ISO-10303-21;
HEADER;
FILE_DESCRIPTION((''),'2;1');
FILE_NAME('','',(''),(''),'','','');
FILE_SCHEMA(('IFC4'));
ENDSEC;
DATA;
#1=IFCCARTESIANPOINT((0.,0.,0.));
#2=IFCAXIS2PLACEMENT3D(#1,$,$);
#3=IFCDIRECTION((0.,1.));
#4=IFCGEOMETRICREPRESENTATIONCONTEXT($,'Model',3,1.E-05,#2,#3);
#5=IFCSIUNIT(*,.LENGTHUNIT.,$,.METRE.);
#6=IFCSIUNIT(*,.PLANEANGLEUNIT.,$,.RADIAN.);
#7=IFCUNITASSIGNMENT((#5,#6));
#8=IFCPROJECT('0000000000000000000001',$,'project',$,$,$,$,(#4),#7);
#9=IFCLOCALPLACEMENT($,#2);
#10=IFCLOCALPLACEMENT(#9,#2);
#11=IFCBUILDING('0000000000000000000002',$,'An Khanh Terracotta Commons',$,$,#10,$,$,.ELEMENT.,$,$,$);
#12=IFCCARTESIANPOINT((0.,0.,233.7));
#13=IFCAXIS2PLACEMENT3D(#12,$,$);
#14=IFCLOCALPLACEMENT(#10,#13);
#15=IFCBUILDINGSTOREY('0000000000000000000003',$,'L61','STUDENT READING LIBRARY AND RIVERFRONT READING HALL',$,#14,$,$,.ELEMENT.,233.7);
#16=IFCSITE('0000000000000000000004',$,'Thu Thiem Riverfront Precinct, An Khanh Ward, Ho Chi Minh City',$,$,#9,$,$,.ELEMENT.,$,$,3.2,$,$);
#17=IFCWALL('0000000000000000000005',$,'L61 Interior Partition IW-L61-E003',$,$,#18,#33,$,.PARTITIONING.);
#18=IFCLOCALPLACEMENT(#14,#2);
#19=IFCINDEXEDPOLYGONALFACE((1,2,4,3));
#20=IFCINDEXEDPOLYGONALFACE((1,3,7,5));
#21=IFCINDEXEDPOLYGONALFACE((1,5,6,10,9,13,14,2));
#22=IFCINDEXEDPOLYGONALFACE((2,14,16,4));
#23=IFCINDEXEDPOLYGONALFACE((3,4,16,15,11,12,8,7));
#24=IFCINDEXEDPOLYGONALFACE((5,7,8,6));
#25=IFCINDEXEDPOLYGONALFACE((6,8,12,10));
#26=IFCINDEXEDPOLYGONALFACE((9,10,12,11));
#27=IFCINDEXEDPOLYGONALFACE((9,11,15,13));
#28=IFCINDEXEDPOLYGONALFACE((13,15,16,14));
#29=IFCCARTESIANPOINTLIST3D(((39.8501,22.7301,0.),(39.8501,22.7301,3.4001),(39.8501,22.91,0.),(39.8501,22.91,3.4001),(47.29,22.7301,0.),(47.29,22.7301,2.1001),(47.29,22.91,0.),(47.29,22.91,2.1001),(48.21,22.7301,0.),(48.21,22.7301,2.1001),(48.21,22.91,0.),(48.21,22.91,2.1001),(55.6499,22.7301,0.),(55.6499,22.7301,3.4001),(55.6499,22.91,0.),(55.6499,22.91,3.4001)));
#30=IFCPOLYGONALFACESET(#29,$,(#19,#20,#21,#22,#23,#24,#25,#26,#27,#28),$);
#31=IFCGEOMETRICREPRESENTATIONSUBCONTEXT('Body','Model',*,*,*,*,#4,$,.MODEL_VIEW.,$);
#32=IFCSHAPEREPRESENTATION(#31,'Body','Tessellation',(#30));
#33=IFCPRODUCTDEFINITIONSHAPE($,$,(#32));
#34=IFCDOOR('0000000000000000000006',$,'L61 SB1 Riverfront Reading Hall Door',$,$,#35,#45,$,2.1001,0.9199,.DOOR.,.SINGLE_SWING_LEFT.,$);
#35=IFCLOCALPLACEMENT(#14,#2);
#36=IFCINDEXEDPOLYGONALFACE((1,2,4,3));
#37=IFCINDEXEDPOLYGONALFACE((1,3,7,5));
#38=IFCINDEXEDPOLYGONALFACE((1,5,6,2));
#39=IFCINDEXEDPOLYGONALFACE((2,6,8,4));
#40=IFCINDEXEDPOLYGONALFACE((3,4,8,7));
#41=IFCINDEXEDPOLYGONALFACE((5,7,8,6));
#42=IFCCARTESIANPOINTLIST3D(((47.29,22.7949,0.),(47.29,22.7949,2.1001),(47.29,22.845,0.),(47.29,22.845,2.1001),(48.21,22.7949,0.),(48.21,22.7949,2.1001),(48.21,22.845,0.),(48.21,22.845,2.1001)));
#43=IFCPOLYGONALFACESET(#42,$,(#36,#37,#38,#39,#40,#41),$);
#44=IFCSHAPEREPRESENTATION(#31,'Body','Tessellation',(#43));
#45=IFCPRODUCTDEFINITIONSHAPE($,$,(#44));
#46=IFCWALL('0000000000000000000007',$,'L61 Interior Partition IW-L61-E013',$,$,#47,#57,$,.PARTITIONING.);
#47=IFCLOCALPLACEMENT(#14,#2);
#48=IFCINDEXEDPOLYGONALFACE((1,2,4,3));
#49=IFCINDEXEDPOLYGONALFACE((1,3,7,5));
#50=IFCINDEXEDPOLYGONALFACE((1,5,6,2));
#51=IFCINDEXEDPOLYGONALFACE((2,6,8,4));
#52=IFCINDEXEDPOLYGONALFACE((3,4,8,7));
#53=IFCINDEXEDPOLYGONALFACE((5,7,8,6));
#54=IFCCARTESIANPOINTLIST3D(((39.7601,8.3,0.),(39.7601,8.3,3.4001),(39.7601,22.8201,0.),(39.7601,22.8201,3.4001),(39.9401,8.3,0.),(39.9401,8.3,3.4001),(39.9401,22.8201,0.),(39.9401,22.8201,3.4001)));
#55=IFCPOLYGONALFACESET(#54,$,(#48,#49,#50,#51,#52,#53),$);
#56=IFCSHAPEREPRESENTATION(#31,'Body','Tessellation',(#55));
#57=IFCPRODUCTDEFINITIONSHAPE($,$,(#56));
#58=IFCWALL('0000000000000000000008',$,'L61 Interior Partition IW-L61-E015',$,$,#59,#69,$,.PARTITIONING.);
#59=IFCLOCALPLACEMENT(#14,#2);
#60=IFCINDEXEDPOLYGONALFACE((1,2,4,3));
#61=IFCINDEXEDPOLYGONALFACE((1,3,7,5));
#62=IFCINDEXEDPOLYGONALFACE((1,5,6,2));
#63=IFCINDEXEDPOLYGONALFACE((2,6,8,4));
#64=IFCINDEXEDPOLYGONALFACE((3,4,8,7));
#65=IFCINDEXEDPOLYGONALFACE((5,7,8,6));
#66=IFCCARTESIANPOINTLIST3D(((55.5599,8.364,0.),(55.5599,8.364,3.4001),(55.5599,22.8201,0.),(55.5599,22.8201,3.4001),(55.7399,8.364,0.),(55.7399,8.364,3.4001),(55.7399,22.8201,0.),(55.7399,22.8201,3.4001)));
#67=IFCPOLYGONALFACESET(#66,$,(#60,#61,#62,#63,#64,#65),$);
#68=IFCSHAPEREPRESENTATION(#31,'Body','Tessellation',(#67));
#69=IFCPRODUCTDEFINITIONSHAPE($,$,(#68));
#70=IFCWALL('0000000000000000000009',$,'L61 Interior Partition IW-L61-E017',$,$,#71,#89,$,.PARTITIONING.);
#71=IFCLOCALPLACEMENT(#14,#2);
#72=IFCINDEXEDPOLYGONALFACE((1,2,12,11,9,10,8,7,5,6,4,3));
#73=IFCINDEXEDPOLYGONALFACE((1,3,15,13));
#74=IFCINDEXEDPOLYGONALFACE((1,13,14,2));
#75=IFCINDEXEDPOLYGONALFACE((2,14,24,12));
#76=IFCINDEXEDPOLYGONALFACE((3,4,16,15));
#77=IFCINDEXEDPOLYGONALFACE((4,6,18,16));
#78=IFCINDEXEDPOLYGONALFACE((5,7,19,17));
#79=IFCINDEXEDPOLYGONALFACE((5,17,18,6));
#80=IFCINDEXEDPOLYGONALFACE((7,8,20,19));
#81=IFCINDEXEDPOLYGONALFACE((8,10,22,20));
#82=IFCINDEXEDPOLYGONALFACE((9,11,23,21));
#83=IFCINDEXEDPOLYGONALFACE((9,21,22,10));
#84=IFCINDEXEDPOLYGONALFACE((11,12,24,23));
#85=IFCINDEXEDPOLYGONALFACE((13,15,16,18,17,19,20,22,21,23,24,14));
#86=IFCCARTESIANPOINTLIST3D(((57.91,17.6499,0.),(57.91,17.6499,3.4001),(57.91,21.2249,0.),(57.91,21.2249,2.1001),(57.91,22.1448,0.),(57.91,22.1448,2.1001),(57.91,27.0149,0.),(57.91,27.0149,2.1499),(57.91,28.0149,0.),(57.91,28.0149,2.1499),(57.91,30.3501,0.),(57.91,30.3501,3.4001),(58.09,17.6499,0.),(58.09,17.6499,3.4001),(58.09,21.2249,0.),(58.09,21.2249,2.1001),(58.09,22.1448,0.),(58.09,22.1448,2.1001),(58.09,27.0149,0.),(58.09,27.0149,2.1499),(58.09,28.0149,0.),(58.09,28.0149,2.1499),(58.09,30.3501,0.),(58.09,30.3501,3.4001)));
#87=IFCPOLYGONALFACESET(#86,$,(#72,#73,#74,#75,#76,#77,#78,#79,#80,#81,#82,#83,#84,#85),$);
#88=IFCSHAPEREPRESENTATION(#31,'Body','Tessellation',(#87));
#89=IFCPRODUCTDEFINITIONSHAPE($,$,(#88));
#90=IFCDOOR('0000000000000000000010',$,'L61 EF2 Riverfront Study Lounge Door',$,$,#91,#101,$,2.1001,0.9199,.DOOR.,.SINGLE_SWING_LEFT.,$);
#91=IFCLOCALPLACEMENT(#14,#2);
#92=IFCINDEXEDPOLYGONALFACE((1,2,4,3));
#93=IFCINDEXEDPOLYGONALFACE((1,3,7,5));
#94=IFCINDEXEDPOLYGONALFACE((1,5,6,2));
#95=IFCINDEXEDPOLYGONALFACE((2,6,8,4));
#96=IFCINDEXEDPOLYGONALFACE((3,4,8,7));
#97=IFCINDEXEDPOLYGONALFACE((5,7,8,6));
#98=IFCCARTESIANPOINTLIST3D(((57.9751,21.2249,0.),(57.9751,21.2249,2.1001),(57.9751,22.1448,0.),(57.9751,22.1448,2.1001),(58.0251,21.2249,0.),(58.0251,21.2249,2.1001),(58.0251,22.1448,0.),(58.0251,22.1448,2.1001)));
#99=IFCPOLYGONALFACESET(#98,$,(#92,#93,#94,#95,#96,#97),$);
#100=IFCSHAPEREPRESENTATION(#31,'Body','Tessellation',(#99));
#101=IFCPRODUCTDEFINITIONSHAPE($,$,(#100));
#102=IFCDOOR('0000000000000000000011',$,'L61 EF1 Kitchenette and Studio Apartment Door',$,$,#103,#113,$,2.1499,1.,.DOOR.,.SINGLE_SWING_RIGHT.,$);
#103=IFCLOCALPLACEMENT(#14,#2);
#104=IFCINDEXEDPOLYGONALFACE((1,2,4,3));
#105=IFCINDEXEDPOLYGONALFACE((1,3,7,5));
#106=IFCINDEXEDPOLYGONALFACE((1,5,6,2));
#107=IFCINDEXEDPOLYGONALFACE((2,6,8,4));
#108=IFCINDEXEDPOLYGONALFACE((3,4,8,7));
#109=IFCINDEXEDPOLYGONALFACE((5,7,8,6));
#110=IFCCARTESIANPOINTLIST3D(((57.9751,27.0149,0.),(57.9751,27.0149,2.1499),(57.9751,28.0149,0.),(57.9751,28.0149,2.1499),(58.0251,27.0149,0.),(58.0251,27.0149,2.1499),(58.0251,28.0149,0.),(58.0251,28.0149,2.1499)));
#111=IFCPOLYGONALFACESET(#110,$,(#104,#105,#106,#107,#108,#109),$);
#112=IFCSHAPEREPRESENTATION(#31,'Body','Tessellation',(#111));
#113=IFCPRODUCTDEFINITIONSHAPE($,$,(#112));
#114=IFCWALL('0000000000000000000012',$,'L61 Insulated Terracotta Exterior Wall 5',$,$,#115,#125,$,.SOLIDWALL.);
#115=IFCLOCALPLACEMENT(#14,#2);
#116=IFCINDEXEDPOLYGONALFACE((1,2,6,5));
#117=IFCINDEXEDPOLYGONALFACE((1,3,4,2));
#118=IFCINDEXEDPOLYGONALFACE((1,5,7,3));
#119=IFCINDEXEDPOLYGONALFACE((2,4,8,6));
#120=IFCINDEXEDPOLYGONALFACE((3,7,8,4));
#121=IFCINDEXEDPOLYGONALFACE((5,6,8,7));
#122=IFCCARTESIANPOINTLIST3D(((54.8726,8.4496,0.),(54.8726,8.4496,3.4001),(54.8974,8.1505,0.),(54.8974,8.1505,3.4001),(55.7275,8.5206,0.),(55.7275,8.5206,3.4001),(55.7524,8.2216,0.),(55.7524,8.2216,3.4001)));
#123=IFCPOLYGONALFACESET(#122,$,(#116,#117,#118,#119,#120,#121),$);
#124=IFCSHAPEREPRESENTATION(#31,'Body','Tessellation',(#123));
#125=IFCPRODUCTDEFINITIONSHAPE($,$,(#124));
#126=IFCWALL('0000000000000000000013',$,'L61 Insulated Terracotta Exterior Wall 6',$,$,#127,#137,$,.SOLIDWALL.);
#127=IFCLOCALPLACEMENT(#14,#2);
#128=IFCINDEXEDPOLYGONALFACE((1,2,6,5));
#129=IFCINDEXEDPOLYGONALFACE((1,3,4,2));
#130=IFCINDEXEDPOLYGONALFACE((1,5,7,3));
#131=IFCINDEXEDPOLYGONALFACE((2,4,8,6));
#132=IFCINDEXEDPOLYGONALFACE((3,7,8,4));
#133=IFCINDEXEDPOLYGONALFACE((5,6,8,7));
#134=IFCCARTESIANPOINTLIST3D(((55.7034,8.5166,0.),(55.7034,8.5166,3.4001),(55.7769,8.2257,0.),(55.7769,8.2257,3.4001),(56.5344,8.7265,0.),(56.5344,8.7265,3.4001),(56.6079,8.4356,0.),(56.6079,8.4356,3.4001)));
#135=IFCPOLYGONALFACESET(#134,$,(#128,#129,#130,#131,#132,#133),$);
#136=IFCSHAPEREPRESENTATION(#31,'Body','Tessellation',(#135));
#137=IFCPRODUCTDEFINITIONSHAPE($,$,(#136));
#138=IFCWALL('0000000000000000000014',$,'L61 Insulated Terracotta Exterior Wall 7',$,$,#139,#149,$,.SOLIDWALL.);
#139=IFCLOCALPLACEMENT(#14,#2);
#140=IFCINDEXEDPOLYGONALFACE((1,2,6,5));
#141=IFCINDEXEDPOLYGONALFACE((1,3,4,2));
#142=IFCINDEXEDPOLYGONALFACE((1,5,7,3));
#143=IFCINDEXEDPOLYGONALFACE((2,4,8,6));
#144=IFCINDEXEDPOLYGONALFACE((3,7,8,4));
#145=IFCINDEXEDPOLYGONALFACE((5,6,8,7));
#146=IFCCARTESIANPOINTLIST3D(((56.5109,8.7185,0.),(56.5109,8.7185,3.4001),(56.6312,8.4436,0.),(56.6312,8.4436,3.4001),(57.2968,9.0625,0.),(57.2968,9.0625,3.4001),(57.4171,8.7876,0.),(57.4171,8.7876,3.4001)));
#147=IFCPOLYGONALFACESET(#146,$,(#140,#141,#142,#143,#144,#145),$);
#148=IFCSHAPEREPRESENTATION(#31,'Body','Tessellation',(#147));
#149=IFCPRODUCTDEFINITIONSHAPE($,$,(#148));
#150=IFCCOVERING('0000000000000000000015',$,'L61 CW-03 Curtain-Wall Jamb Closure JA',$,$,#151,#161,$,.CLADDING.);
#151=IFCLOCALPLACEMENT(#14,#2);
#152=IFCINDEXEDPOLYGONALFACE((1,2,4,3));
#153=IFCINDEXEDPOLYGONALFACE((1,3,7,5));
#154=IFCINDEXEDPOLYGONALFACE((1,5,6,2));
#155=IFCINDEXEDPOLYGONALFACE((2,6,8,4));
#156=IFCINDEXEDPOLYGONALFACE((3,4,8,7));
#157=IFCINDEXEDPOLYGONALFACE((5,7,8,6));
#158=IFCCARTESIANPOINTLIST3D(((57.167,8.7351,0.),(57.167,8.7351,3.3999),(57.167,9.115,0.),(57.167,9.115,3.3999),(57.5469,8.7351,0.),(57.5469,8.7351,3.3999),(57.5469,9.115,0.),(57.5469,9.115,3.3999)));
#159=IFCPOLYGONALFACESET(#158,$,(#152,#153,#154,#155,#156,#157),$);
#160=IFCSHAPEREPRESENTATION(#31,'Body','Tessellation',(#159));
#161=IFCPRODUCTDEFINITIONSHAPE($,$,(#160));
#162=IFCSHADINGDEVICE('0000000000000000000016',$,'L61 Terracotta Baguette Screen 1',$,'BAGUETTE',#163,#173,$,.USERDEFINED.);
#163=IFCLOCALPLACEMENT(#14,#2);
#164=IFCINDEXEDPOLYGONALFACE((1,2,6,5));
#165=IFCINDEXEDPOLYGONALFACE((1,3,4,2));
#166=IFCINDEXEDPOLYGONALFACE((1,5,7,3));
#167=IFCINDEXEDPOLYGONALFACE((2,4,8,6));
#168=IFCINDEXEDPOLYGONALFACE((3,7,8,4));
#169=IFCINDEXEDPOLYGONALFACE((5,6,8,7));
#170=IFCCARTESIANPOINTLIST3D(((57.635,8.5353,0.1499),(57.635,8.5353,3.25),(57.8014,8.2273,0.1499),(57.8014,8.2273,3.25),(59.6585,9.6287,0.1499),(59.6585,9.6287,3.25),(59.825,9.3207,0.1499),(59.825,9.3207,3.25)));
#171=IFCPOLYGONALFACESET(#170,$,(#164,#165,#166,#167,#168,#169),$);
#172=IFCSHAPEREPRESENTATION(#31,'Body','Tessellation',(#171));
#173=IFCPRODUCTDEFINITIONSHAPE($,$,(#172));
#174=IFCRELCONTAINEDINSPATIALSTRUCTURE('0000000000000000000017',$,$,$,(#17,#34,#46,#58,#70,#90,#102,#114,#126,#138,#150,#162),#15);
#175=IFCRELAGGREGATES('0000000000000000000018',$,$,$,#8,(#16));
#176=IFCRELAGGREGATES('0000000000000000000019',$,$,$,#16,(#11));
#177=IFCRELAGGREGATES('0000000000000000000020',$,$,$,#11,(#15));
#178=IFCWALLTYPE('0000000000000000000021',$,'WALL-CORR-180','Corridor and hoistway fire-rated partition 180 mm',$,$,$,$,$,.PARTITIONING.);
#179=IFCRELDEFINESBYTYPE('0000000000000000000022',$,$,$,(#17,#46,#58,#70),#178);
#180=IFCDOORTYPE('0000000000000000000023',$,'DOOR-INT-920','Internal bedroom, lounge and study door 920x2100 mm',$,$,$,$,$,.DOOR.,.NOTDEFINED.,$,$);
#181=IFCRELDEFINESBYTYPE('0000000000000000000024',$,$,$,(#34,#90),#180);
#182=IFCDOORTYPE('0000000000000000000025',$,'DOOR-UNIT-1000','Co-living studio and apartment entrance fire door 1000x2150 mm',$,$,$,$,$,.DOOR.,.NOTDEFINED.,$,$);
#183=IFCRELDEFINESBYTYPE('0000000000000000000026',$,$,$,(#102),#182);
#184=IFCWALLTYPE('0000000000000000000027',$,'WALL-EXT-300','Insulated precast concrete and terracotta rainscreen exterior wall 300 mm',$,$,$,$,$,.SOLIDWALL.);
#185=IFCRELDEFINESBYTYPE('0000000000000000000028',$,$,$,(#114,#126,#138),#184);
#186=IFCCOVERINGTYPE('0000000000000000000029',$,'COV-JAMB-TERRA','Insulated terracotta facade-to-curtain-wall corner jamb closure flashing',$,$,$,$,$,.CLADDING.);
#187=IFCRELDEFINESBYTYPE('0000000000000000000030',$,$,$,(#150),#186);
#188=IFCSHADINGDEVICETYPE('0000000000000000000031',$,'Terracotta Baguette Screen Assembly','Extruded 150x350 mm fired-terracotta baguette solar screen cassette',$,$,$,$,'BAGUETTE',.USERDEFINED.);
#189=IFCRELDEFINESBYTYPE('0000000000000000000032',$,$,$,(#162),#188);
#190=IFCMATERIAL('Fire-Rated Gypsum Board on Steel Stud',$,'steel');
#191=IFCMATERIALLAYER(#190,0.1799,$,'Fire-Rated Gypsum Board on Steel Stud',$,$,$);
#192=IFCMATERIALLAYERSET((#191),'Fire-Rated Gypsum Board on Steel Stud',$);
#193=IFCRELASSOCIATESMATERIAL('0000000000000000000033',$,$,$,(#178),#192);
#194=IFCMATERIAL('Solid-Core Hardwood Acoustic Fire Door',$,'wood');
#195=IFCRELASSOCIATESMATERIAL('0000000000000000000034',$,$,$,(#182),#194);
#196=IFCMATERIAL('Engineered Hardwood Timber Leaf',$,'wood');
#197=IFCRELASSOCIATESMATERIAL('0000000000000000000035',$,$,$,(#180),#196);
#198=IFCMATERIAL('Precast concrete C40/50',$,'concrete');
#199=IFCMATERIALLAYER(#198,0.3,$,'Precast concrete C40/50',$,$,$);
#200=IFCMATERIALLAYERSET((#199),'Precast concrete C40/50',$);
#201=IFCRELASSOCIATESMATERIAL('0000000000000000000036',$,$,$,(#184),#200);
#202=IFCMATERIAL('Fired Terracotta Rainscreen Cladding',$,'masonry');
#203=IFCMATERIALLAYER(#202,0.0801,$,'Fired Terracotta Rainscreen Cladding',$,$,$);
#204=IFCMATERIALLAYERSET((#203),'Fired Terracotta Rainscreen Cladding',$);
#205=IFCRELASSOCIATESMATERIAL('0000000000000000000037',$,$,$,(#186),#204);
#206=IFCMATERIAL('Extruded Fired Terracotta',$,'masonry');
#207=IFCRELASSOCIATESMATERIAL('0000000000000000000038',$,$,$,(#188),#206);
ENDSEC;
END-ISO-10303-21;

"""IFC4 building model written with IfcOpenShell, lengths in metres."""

from ifc_helpers import new_model, si_unit, direction, frame, frame_2d, origin, origin_2d, place, context, subcontext, project, spatial, rectangle, extrude, material, layer, layer_set, type_object, element, fill, save


model = new_model("IFC4")

# Units and contexts
model_context = context("Model", 3, precision=1e-05, world=origin(), true_north=direction((0.0, 1.0)))
body_context = subcontext(model_context, "Body", "Model", "MODEL_VIEW")
ifc_project = project(units=[si_unit("LENGTHUNIT", "METRE"), si_unit("PLANEANGLEUNIT", "RADIAN")], contexts=[model_context])

# Site, building, storey
site_placement = place(None, origin())
site = spatial("IfcSite", under=ifc_project, at=site_placement, Name="Thu Thiem Riverfront Precinct, An Khanh Ward, Ho Chi Minh City", CompositionType="ELEMENT", RefElevation=3.2)
building_placement = place(site_placement, origin())
building = spatial("IfcBuilding", under=site, at=building_placement, Name="An Khanh Terracotta Commons", CompositionType="ELEMENT")
storey_placement = place(building_placement, frame((0.0, 0.0, 233.7)))
storey = spatial("IfcBuildingStorey", under=building, at=storey_placement, Name="L61", Description="STUDENT READING LIBRARY AND RIVERFRONT READING HALL", CompositionType="ELEMENT", Elevation=233.7)

# Wall, opening, door
ifc_material_1 = material(Name="Fire-Rated Gypsum Board on Steel Stud", Category="steel")
ifc_layer_1 = layer(ifc_material_1, 0.1799, Name="Fire-Rated Gypsum Board on Steel Stud")
ifc_layer_set_1 = layer_set([ifc_layer_1], Name="Fire-Rated Gypsum Board on Steel Stud")
wall_type_1 = type_object("IfcWallType", Name="WALL-CORR-180", Description="Corridor and hoistway fire-rated partition 180 mm", PredefinedType="PARTITIONING", material=ifc_layer_set_1)
ifc_material_2 = material(Name="Solid-Core Hardwood Acoustic Fire Door", Category="wood")
door_type_1 = type_object("IfcDoorType", Name="DOOR-UNIT-1000", Description="Co-living studio and apartment entrance fire door 1000x2150 mm", OperationType="NOTDEFINED", PredefinedType="DOOR", material=ifc_material_2)
wall_1_placement = place(storey_placement, frame((39.8501, 22.8201, 0.0), z_axis=(0.0, 0.0, 1.0), x_axis=(1.0, 0.0, 0.0)))
wall_1 = element("IfcWall", 1, at=wall_1_placement, inside=storey, type_object=wall_type_1, Name="L61 Interior Partition IW-L61-E003", PredefinedType="PARTITIONING", context=body_context, shape_type="SweptSolid", body=[
    extrude(rectangle(XDim=15.7998, YDim=0.1799, at=frame_2d((7.8999, 0.0))), origin(), (0.0, 0.0, 1.0), 3.4001),
])
opening_1_placement = place(wall_1_placement, frame((7.4399, 0.0, 0.0)))
opening_1 = element("IfcOpeningElement", 2, at=opening_1_placement, cuts=wall_1, PredefinedType="OPENING", context=body_context, shape_type="SweptSolid", body=[
    extrude(rectangle(XDim=0.9199, YDim=2.1001, at=frame_2d((0.46, 1.05))), frame((0.0, 0.0999, 0.0), z_axis=(0.0, -1.0, 0.0), x_axis=(1.0, 0.0, 0.0)), (0.0, 0.0, 1.0), 0.2),
])
ifc_material_3 = material(Name="Engineered Hardwood Timber Leaf", Category="wood")
door_type_2 = type_object("IfcDoorType", Name="DOOR-INT-920", Description="Internal bedroom, lounge and study door 920x2100 mm", OperationType="NOTDEFINED", PredefinedType="DOOR", material=ifc_material_3)
door_1_placement = place(opening_1_placement, origin())
door_1 = element("IfcDoor", 3, at=door_1_placement, inside=storey, type_object=door_type_2, Name="L61 SB1 Riverfront Reading Hall Door", OperationType="SINGLE_SWING_LEFT", OverallHeight=2.1001, OverallWidth=0.9199, PredefinedType="DOOR", context=body_context, shape_type="SweptSolid", body=[
    extrude(rectangle(XDim=0.9199, YDim=2.1001, at=frame_2d((0.46, 1.05))), frame((0.0, 0.0249, 0.0), z_axis=(0.0, -1.0, 0.0), x_axis=(1.0, 0.0, 0.0)), (0.0, 0.0, 1.0), 0.05),
])
fill(opening_1, door_1)

# Walls
wall_2_placement = place(storey_placement, frame((39.8501, 8.3, 0.0), z_axis=(0.0, 0.0, 1.0), x_axis=(0.0, 1.0, 0.0)))
element("IfcWall", 4, at=wall_2_placement, inside=storey, type_object=wall_type_1, Name="L61 Interior Partition IW-L61-E013", PredefinedType="PARTITIONING", context=body_context, shape_type="SweptSolid", body=[
    extrude(rectangle(XDim=14.52, YDim=0.1799, at=frame_2d((7.26, 0.0))), origin(), (0.0, 0.0, 1.0), 3.4001),
])
wall_3_placement = place(storey_placement, frame((55.6499, 8.364, 0.0), z_axis=(0.0, 0.0, 1.0), x_axis=(0.0, 1.0, 0.0)))
element("IfcWall", 5, at=wall_3_placement, inside=storey, type_object=wall_type_1, Name="L61 Interior Partition IW-L61-E015", PredefinedType="PARTITIONING", context=body_context, shape_type="SweptSolid", body=[
    extrude(rectangle(XDim=14.4561, YDim=0.1799, at=frame_2d((7.228, 0.0))), origin(), (0.0, 0.0, 1.0), 3.4001),
])

# Wall, openings, doors
wall_4_placement = place(storey_placement, frame((58.0, 17.6499, 0.0), z_axis=(0.0, 0.0, 1.0), x_axis=(0.0, 1.0, 0.0)))
wall_4 = element("IfcWall", 6, at=wall_4_placement, inside=storey, type_object=wall_type_1, Name="L61 Interior Partition IW-L61-E017", PredefinedType="PARTITIONING", context=body_context, shape_type="SweptSolid", body=[
    extrude(rectangle(XDim=12.7002, YDim=0.1799, at=frame_2d((6.3501, 0.0))), origin(), (0.0, 0.0, 1.0), 3.4001),
])
opening_2_placement = place(wall_4_placement, frame((9.365, 0.0, 0.0)))
opening_2 = element("IfcOpeningElement", 7, at=opening_2_placement, cuts=wall_4, PredefinedType="OPENING", context=body_context, shape_type="SweptSolid", body=[
    extrude(rectangle(XDim=1.0, YDim=2.1499, at=frame_2d((0.5, 1.075))), frame((0.0, 0.0999, 0.0), z_axis=(0.0, -1.0, 0.0), x_axis=(1.0, 0.0, 0.0)), (0.0, 0.0, 1.0), 0.2),
])
opening_3_placement = place(wall_4_placement, frame((3.575, 0.0, 0.0)))
opening_3 = element("IfcOpeningElement", 8, at=opening_3_placement, cuts=wall_4, PredefinedType="OPENING", context=body_context, shape_type="SweptSolid", body=[
    extrude(rectangle(XDim=0.9199, YDim=2.1001, at=frame_2d((0.46, 1.05))), frame((0.0, 0.0999, 0.0), z_axis=(0.0, -1.0, 0.0), x_axis=(1.0, 0.0, 0.0)), (0.0, 0.0, 1.0), 0.2),
])
door_2_placement = place(opening_3_placement, origin())
door_2 = element("IfcDoor", 9, at=door_2_placement, inside=storey, type_object=door_type_2, Name="L61 EF2 Riverfront Study Lounge Door", OperationType="SINGLE_SWING_LEFT", OverallHeight=2.1001, OverallWidth=0.9199, PredefinedType="DOOR", context=body_context, shape_type="SweptSolid", body=[
    extrude(rectangle(XDim=0.9199, YDim=2.1001, at=frame_2d((0.46, 1.05))), frame((0.0, 0.0249, 0.0), z_axis=(0.0, -1.0, 0.0), x_axis=(1.0, 0.0, 0.0)), (0.0, 0.0, 1.0), 0.05),
])
fill(opening_3, door_2)
door_3_placement = place(opening_2_placement, origin())
door_3 = element("IfcDoor", 10, at=door_3_placement, inside=storey, type_object=door_type_1, Name="L61 EF1 Kitchenette and Studio Apartment Door", OperationType="SINGLE_SWING_RIGHT", OverallHeight=2.1499, OverallWidth=1.0, PredefinedType="DOOR", context=body_context, shape_type="SweptSolid", body=[
    extrude(rectangle(XDim=1.0, YDim=2.1499, at=frame_2d((0.5, 1.075))), frame((0.0, 0.0249, 0.0), z_axis=(0.0, -1.0, 0.0), x_axis=(1.0, 0.0, 0.0)), (0.0, 0.0, 1.0), 0.05),
])
fill(opening_2, door_3)

# Walls
ifc_material_4 = material(Name="Precast concrete C40/50", Category="concrete")
ifc_layer_2 = layer(ifc_material_4, 0.3, Name="Precast concrete C40/50")
ifc_layer_set_2 = layer_set([ifc_layer_2], Name="Precast concrete C40/50")
wall_type_2 = type_object("IfcWallType", Name="WALL-EXT-300", Description="Insulated precast concrete and terracotta rainscreen exterior wall 300 mm", PredefinedType="SOLIDWALL", material=ifc_layer_set_2)
wall_5_placement = place(storey_placement, frame((54.885, 8.3, 0.0), z_axis=(0.0, 0.0, 1.0), x_axis=(0.996565, 0.08281, 0.0)))
element("IfcWall", 11, at=wall_5_placement, inside=storey, type_object=wall_type_2, Name="L61 Insulated Terracotta Exterior Wall 5", PredefinedType="SOLIDWALL", context=body_context, shape_type="SweptSolid", body=[
    extrude(rectangle(XDim=0.8579, YDim=0.3, at=frame_2d((0.429, 0.0))), origin(), (0.0, 0.0, 1.0), 3.4001),
])
wall_6_placement = place(storey_placement, frame((55.74, 8.3711, 0.0), z_axis=(0.0, 0.0, 1.0), x_axis=(0.969536, 0.244947, 0.0)))
element("IfcWall", 12, at=wall_6_placement, inside=storey, type_object=wall_type_2, Name="L61 Insulated Terracotta Exterior Wall 6", PredefinedType="SOLIDWALL", context=body_context, shape_type="SweptSolid", body=[
    extrude(rectangle(XDim=0.8572, YDim=0.3, at=frame_2d((0.4287, 0.0))), origin(), (0.0, 0.0, 1.0), 3.4001),
])
wall_7_placement = place(storey_placement, frame((56.571, 8.5811, 0.0), z_axis=(0.0, 0.0, 1.0), x_axis=(0.916085, 0.400983, 0.0)))
element("IfcWall", 13, at=wall_7_placement, inside=storey, type_object=wall_type_2, Name="L61 Insulated Terracotta Exterior Wall 7", PredefinedType="SOLIDWALL", context=body_context, shape_type="SweptSolid", body=[
    extrude(rectangle(XDim=0.8579, YDim=0.3, at=frame_2d((0.429, 0.0))), origin(), (0.0, 0.0, 1.0), 3.4001),
])

# Covering
ifc_material_5 = material(Name="Fired Terracotta Rainscreen Cladding", Category="masonry")
ifc_layer_3 = layer(ifc_material_5, 0.0801, Name="Fired Terracotta Rainscreen Cladding")
ifc_layer_set_3 = layer_set([ifc_layer_3], Name="Fired Terracotta Rainscreen Cladding")
covering_type = type_object("IfcCoveringType", Name="COV-JAMB-TERRA", Description="Insulated terracotta facade-to-curtain-wall corner jamb closure flashing", PredefinedType="CLADDING", material=ifc_layer_set_3)
covering_placement = place(storey_placement, frame((57.3569, 8.925, 0.0), z_axis=(0.0, 0.0, 1.0), x_axis=(1.0, 0.0, 0.0)))
element("IfcCovering", 14, at=covering_placement, inside=storey, type_object=covering_type, Name="L61 CW-03 Curtain-Wall Jamb Closure JA", PredefinedType="CLADDING", context=body_context, shape_type="SweptSolid", body=[
    extrude(rectangle(XDim=0.3799, YDim=0.3799, at=origin_2d()), origin(), (0.0, 0.0, 1.0), 3.3999),
])

# Shading device
ifc_material_6 = material(Name="Extruded Fired Terracotta", Category="masonry")
shading_device_type = type_object("IfcShadingDeviceType", Name="Terracotta Baguette Screen Assembly", Description="Extruded 150x350 mm fired-terracotta baguette solar screen cassette", ElementType="BAGUETTE", PredefinedType="USERDEFINED", material=ifc_material_6)
shading_device_placement = place(storey_placement, frame((58.73, 8.928, 0.1499), z_axis=(0.0, 0.0, 1.0), x_axis=(0.87978, 0.475381, 0.0)))
element("IfcShadingDevice", 15, at=shading_device_placement, inside=storey, type_object=shading_device_type, Name="L61 Terracotta Baguette Screen 1", ObjectType="BAGUETTE", PredefinedType="USERDEFINED", context=body_context, shape_type="SweptSolid", body=[
    extrude(rectangle(XDim=2.3, YDim=0.3501, at=origin_2d()), origin(), (0.0, 0.0, 1.0), 3.1001),
])

save(model, "model.ifc")
